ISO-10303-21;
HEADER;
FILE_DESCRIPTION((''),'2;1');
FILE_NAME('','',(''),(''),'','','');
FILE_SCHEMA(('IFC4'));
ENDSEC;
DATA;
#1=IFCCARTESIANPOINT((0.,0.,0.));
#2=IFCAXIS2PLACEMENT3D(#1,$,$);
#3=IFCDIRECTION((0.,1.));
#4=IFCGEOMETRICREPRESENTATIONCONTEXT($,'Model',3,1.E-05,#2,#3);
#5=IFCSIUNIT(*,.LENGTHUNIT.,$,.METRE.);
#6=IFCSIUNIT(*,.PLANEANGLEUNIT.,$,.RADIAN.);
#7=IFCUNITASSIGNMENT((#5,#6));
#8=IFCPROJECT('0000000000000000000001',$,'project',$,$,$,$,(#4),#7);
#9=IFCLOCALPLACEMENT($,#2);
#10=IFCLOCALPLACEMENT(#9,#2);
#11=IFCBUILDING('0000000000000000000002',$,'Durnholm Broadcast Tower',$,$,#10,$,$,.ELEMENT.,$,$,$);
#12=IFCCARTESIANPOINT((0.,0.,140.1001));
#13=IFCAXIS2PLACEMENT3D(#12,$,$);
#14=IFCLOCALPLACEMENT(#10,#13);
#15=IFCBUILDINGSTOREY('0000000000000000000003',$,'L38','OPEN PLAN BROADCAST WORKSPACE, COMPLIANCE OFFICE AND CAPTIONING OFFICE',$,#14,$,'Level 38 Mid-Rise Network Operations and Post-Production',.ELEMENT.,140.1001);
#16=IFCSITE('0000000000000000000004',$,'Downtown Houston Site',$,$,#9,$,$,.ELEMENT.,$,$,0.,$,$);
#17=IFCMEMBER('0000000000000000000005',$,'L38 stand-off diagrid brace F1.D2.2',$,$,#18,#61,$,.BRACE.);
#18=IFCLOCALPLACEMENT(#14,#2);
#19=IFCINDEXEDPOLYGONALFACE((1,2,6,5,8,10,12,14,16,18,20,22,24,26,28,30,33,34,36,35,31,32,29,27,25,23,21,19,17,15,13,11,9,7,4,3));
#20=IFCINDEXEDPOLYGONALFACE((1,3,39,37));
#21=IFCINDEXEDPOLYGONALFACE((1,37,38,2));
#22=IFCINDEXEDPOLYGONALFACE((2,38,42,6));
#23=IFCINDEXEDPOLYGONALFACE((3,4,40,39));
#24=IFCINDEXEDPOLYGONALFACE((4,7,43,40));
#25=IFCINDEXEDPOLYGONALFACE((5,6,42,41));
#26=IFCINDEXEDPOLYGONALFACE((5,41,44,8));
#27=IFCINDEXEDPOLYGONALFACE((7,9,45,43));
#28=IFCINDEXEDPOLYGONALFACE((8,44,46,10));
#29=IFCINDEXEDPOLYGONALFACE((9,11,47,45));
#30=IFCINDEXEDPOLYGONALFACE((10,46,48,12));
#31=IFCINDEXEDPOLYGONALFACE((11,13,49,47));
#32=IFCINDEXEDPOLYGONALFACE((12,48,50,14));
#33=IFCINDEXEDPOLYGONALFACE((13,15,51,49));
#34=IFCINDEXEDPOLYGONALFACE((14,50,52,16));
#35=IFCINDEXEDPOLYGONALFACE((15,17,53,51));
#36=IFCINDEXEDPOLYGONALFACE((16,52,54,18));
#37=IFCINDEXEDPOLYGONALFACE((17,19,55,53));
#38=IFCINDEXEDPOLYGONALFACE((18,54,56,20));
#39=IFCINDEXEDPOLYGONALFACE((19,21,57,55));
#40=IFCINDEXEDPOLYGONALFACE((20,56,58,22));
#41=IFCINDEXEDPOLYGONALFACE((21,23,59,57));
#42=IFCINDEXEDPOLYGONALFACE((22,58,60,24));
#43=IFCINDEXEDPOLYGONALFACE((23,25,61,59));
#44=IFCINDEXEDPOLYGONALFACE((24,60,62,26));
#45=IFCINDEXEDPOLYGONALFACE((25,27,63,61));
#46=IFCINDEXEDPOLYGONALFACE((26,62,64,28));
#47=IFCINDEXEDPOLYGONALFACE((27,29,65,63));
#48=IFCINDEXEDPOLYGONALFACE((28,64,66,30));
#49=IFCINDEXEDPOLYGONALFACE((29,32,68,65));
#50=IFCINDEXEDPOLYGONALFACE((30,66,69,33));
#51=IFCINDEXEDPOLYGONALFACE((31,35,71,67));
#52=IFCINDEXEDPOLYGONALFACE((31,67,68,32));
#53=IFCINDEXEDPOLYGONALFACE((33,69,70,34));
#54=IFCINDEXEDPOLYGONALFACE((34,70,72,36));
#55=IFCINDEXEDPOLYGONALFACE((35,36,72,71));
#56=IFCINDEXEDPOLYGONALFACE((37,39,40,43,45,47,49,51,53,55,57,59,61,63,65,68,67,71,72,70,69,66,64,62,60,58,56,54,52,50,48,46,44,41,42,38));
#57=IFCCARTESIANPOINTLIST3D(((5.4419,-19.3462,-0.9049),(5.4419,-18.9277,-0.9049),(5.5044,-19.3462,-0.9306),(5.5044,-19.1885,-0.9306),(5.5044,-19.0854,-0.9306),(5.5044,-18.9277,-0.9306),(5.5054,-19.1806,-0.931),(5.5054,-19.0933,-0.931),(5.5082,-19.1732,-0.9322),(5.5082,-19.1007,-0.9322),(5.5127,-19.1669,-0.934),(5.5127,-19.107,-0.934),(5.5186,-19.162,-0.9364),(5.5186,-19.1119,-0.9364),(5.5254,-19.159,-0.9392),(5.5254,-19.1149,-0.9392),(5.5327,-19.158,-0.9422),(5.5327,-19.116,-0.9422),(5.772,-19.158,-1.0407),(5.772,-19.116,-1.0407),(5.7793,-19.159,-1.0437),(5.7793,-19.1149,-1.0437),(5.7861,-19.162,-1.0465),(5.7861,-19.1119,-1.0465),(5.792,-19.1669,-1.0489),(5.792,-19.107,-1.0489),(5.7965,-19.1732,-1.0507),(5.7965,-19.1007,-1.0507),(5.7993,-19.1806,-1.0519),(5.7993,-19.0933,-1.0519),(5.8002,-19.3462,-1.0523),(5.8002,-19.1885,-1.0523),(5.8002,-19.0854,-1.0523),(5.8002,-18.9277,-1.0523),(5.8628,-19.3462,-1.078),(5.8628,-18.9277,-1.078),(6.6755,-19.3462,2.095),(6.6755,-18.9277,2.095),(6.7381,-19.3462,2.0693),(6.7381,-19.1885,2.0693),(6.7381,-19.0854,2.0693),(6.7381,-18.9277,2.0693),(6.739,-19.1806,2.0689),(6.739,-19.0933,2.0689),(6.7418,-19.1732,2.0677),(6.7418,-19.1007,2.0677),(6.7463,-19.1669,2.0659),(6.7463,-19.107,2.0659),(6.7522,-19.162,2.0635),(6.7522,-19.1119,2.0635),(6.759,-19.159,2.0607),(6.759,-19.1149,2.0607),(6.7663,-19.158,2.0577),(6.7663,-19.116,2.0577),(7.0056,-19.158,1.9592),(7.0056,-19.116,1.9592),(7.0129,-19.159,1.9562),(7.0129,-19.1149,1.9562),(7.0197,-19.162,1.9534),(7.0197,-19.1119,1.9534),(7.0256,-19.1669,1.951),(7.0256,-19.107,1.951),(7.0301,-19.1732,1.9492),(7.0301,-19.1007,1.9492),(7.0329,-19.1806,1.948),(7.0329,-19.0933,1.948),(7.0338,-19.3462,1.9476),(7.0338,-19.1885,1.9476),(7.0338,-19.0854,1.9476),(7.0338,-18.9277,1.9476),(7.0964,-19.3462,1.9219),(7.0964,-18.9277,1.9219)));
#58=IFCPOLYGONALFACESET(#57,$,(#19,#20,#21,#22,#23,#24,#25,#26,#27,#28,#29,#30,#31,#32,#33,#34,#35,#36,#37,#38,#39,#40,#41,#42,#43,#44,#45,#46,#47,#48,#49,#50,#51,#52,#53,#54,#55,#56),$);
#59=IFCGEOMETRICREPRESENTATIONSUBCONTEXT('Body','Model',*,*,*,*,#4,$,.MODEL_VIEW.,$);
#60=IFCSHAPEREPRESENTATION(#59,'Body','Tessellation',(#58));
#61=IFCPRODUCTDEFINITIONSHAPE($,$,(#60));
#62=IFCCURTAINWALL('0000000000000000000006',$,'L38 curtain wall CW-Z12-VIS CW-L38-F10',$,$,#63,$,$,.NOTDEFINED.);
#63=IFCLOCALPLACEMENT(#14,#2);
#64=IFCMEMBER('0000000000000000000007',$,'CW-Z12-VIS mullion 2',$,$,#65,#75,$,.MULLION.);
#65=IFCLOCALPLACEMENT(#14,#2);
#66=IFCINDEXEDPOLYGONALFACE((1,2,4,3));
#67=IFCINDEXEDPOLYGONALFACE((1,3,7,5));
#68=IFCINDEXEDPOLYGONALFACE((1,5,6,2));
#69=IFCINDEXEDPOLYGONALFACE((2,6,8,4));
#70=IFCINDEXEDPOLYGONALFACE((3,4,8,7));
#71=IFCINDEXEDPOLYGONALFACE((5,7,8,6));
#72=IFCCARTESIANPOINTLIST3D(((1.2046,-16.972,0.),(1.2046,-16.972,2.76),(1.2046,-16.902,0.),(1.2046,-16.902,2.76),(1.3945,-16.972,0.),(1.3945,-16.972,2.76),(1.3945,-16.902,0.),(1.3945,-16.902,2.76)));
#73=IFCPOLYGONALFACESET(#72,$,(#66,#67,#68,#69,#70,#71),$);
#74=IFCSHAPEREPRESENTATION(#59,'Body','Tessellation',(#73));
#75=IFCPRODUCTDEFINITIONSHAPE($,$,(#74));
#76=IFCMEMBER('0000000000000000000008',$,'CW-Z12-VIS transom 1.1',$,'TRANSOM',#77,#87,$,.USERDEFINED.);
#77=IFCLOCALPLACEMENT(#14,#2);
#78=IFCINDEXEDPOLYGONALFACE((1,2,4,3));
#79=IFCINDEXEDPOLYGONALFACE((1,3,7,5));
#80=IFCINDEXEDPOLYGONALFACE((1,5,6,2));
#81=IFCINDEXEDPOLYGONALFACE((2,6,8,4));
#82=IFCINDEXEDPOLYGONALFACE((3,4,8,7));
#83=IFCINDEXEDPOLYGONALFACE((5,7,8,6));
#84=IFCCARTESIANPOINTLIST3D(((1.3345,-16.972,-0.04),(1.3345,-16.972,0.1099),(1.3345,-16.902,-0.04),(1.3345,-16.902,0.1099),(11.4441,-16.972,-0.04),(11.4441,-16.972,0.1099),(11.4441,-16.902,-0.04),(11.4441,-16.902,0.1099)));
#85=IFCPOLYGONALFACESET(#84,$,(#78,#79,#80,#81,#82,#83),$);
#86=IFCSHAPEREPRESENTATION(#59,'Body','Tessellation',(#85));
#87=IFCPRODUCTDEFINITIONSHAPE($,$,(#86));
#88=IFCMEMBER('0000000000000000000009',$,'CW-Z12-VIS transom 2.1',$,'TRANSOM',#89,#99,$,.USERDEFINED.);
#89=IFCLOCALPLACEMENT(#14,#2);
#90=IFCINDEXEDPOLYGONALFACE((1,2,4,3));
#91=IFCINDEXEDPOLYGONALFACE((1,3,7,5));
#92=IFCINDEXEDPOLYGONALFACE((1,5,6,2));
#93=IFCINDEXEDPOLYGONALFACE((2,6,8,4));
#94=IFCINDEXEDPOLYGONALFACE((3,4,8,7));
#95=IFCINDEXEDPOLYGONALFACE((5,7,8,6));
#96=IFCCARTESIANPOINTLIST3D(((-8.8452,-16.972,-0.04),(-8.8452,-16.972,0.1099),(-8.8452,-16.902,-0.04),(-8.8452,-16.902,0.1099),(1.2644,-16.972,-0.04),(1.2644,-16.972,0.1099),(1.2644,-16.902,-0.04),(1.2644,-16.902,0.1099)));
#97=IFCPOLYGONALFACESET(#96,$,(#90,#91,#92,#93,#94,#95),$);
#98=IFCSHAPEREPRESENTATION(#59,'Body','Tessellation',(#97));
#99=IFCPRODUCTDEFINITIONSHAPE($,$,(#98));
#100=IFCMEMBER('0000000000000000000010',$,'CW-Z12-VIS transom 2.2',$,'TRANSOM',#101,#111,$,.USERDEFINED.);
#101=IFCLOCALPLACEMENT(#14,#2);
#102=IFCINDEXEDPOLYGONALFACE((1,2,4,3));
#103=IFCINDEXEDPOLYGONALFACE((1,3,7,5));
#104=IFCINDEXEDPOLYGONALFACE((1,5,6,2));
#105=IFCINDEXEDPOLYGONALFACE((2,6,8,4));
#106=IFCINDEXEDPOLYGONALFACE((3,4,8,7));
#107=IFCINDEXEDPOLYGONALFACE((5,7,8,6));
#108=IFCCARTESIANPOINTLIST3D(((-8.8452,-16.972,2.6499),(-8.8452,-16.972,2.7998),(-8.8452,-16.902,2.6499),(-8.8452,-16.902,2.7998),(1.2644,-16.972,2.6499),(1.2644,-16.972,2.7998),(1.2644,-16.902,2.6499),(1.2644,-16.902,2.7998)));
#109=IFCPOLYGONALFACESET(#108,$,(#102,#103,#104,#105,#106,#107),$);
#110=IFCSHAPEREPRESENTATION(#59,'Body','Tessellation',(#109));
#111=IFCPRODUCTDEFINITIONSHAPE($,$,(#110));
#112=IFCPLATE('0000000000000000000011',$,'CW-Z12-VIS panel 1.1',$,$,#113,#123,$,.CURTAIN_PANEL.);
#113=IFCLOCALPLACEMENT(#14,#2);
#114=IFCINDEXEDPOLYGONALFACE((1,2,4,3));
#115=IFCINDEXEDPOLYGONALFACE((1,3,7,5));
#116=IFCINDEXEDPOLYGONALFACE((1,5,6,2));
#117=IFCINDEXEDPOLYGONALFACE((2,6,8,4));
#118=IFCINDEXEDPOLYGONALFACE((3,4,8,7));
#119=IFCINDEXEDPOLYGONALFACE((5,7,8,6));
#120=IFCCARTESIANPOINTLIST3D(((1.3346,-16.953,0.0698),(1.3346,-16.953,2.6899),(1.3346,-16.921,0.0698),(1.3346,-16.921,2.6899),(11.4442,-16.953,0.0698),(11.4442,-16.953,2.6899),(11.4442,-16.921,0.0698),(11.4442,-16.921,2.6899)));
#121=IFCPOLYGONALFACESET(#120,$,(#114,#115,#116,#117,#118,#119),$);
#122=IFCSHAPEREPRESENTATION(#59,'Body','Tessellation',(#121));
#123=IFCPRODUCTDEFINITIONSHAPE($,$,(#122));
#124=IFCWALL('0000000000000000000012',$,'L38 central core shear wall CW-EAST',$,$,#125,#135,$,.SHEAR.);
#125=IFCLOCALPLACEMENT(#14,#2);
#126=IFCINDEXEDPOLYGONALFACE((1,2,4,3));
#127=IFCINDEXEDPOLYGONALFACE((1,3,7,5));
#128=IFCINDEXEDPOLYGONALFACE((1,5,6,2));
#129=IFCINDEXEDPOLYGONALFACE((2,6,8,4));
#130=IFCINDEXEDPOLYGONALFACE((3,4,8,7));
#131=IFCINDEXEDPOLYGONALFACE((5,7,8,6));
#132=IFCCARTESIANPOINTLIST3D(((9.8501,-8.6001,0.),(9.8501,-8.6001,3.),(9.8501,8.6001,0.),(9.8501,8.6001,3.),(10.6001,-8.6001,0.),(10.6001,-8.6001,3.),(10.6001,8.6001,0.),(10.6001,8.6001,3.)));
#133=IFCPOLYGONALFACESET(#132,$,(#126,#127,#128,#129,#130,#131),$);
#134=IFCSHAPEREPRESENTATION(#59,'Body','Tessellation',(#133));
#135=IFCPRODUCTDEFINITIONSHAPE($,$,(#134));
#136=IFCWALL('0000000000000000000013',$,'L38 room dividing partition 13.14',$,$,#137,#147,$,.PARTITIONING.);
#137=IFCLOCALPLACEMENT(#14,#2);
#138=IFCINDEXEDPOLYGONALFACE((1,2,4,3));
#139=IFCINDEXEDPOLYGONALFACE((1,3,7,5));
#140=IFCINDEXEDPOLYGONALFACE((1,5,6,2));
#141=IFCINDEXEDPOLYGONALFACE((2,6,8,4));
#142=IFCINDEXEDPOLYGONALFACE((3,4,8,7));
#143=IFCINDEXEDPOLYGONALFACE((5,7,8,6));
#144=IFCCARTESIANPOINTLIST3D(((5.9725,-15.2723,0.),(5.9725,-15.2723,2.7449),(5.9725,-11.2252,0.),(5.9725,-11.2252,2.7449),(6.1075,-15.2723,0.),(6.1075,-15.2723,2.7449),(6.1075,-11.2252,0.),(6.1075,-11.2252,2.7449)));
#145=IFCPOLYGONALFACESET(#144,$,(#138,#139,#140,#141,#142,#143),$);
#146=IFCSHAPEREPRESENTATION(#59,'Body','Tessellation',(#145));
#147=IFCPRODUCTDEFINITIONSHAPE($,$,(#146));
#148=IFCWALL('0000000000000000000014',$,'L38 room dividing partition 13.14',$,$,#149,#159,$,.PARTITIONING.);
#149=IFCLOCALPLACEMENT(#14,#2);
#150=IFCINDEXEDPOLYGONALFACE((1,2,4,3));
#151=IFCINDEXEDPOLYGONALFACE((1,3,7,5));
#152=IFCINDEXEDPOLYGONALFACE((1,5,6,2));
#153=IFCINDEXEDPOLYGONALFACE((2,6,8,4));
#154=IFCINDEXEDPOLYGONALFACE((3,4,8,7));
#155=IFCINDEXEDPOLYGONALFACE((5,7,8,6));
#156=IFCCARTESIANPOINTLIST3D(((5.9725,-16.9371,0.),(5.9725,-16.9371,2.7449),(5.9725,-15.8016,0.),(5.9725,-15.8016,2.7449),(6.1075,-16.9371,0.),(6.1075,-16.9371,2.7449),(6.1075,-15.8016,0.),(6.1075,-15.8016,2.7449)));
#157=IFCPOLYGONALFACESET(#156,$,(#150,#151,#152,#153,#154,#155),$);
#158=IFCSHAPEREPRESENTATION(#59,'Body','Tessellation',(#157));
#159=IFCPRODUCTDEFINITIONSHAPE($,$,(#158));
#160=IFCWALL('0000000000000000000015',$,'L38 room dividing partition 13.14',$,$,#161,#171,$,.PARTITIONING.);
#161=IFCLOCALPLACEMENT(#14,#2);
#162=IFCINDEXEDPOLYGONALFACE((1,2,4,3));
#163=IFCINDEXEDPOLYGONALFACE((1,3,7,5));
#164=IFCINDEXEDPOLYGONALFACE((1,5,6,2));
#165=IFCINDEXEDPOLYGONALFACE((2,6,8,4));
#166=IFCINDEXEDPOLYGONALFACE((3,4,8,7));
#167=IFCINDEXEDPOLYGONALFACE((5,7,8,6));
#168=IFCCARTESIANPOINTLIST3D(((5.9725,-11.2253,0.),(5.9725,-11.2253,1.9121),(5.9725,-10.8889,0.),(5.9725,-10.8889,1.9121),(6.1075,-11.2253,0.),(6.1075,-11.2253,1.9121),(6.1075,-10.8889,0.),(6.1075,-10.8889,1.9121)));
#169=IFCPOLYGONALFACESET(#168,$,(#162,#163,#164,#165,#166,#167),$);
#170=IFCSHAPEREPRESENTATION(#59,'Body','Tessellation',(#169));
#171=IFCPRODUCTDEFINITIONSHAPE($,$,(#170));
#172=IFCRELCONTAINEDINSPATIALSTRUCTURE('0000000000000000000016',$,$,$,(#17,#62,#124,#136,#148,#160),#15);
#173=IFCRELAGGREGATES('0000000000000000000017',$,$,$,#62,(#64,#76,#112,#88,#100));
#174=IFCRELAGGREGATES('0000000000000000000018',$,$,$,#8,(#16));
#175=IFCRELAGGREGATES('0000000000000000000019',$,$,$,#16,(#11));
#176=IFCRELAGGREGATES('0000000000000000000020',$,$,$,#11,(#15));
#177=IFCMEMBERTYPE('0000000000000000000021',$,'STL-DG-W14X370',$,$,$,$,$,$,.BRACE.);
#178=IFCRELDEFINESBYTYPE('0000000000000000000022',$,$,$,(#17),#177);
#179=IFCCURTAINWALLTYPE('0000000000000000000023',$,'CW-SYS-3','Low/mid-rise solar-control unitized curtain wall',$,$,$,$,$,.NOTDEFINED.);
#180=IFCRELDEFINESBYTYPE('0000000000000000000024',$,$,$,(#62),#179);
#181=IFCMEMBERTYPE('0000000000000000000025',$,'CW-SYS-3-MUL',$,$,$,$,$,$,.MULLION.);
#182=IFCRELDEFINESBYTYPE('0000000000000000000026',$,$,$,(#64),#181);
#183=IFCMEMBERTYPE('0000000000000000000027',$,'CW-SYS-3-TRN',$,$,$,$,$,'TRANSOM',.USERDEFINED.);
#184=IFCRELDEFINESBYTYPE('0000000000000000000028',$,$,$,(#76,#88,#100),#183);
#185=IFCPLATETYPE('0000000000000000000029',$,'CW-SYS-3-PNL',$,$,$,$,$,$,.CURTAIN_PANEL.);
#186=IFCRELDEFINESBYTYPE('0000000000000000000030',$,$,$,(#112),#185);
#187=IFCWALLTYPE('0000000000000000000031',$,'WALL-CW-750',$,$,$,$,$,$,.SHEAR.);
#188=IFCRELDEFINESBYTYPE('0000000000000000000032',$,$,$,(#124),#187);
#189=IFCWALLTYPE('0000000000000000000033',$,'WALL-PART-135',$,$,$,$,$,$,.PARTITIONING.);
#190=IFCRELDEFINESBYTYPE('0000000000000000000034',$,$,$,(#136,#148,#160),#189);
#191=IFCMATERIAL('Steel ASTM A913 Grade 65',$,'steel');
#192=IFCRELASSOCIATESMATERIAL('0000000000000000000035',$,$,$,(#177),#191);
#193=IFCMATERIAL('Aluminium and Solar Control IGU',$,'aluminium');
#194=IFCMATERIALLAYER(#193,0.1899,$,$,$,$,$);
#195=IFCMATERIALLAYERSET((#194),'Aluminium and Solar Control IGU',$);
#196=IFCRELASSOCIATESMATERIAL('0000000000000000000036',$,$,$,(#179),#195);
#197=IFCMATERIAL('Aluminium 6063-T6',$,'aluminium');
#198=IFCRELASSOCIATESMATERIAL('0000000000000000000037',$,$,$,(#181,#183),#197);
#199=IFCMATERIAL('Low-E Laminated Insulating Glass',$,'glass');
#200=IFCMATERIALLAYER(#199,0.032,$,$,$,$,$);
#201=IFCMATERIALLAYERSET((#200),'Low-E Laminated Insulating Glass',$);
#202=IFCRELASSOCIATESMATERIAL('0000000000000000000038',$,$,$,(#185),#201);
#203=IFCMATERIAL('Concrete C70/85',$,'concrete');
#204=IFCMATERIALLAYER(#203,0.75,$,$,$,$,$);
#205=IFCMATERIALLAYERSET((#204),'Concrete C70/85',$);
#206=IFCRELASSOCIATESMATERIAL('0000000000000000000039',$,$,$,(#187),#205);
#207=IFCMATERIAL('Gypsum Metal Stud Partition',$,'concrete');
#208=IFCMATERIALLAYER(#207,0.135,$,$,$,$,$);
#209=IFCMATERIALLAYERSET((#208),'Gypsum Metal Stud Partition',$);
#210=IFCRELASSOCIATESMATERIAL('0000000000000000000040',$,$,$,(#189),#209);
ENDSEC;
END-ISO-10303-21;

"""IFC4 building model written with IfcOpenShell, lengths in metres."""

from ifc_helpers import new_model, si_unit, direction, frame, frame_2d, origin, origin_2d, place, context, subcontext, project, spatial, rectangle, i_section, extrude, source, transform, mapped, material, layer, layer_set, material_profile, profile_set, type_object, type_shapes, element, aggregate, save


model = new_model("IFC4")

# Units and contexts
model_context = context("Model", 3, precision=1e-05, world=origin(), true_north=direction((0.0, 1.0)))
body_context = subcontext(model_context, "Body", "Model", "MODEL_VIEW")
ifc_project = project(units=[si_unit("LENGTHUNIT", "METRE"), si_unit("PLANEANGLEUNIT", "RADIAN")], contexts=[model_context])

# Site, building, storey
site_placement = place(None, origin())
site = spatial("IfcSite", under=ifc_project, at=site_placement, Name="Downtown Houston Site", CompositionType="ELEMENT", RefElevation=0.0)
building_placement = place(site_placement, origin())
building = spatial("IfcBuilding", under=site, at=building_placement, Name="Durnholm Broadcast Tower", CompositionType="ELEMENT")
storey_placement = place(building_placement, frame((0.0, 0.0, 140.1001)))
storey = spatial("IfcBuildingStorey", under=building, at=storey_placement, Name="L38", Description="OPEN PLAN BROADCAST WORKSPACE, COMPLIANCE OFFICE AND CAPTIONING OFFICE", LongName="Level 38 Mid-Rise Network Operations and Post-Production", CompositionType="ELEMENT", Elevation=140.1001)

# Shared definitions
ifc_material_1 = material(Name="Concrete C70/85", Category="concrete")

# Member
ifc_material_2 = material(Name="Steel ASTM A913 Grade 65", Category="steel")
ifc_material_profile_1 = material_profile(ifc_material_2, i_section(OverallWidth=0.4185, OverallDepth=0.4551, WebThickness=0.042, FlangeThickness=0.0676, FilletRadius=0.0305, at=origin_2d()), Name="W14X370")
ifc_profile_set_1 = profile_set([ifc_material_profile_1], Name="Steel ASTM A913 Grade 65")
member_type_1 = type_object("IfcMemberType", Name="STL-DG-W14X370", PredefinedType="BRACE", material=ifc_profile_set_1)
shared_shape_1 = source(origin(), body_context, "Body", "SweptSolid", [
    extrude(i_section(OverallWidth=0.4185, OverallDepth=0.4551, WebThickness=0.042, FlangeThickness=0.0676, FilletRadius=0.0305, at=origin_2d()), origin(), (0.0, 0.0, 1.0), 3.2437),
])
member_1_placement = place(storey_placement, frame((5.6523, -19.137, -0.9915), z_axis=(0.380314, 0.0, 0.924857), x_axis=(0.0, 1.0, 0.0)))
element("IfcMember", 1, at=member_1_placement, inside=storey, type_object=member_type_1, Name="L38 stand-off diagrid brace F1.D2.2", PredefinedType="BRACE", context=body_context, shape_type="MappedRepresentation", body=[
    mapped(shared_shape_1, transform((0.0, 0.0, 0.0), x_axis=(1.0, 0.0, 0.0), y_axis=(0.0, 1.0, 0.0), z_axis=(0.0, 0.0, 1.0), scale=1.0)),
])

# Curtain wall, members, plate
ifc_material_3 = material(Name="Aluminium and Solar Control IGU", Category="aluminium")
ifc_layer_1 = layer(ifc_material_3, 0.1899)
ifc_layer_set_1 = layer_set([ifc_layer_1], Name="Aluminium and Solar Control IGU")
curtain_wall_type = type_object("IfcCurtainWallType", Name="CW-SYS-3", Description="Low/mid-rise solar-control unitized curtain wall", PredefinedType="NOTDEFINED", material=ifc_layer_set_1)
curtain_wall_placement = place(storey_placement, origin())
curtain_wall = element("IfcCurtainWall", 2, at=curtain_wall_placement, inside=storey, type_object=curtain_wall_type, Name="L38 curtain wall CW-Z12-VIS CW-L38-F10", PredefinedType="NOTDEFINED")
ifc_material_4 = material(Name="Aluminium 6063-T6", Category="aluminium")
ifc_material_profile_2 = material_profile(ifc_material_4, rectangle(XDim=0.0701, YDim=0.1899, at=origin_2d()), Name="CWM70X190")
ifc_profile_set_2 = profile_set([ifc_material_profile_2], Name="Aluminium 6063-T6")
member_type_2 = type_object("IfcMemberType", Name="CW-SYS-3-MUL", PredefinedType="MULLION", material=ifc_profile_set_2)
shared_shape_2 = source(origin(), body_context, "Body", "SweptSolid", [
    extrude(rectangle(XDim=0.0701, YDim=0.1899, at=origin_2d()), origin(), (0.0, 0.0, 1.0), 2.76),
])
type_shapes(member_type_2, [shared_shape_2])
member_2_placement = place(storey_placement, frame((1.2996, -16.937, 0.0), z_axis=(0.0, 0.0, 1.0), x_axis=(0.0, -1.0, 0.0)))
member_2 = element("IfcMember", 3, at=member_2_placement, type_object=member_type_2, Name="CW-Z12-VIS mullion 2", PredefinedType="MULLION", context=body_context, shape_type="MappedRepresentation", body=[
    mapped(shared_shape_2, transform((0.0, 0.0, 0.0), x_axis=(1.0, 0.0, 0.0), y_axis=(0.0, 1.0, 0.0), z_axis=(0.0, 0.0, 1.0), scale=1.0)),
])
ifc_material_profile_3 = material_profile(ifc_material_4, rectangle(XDim=0.0701, YDim=0.1499, at=origin_2d()), Name="CWT70X150")
ifc_profile_set_3 = profile_set([ifc_material_profile_3], Name="Aluminium 6063-T6")
member_type_3 = type_object("IfcMemberType", Name="CW-SYS-3-TRN", ElementType="TRANSOM", PredefinedType="USERDEFINED", material=ifc_profile_set_3)
shared_shape_3 = source(origin(), body_context, "Body", "SweptSolid", [
    extrude(rectangle(XDim=0.0701, YDim=0.1499, at=origin_2d()), origin(), (0.0, 0.0, 1.0), 10.1096),
])
type_shapes(member_type_3, [shared_shape_3])
member_3_placement = place(storey_placement, frame((11.4441, -16.937, 0.0349), z_axis=(-1.0, 0.0, 0.0), x_axis=(0.0, -1.0, 0.0)))
member_3 = element("IfcMember", 4, at=member_3_placement, type_object=member_type_3, Name="CW-Z12-VIS transom 1.1", ObjectType="TRANSOM", PredefinedType="USERDEFINED", context=body_context, shape_type="MappedRepresentation", body=[
    mapped(shared_shape_3, transform((0.0, 0.0, 0.0), x_axis=(1.0, 0.0, 0.0), y_axis=(0.0, 1.0, 0.0), z_axis=(0.0, 0.0, 1.0), scale=1.0)),
])
member_4_placement = place(storey_placement, frame((1.2644, -16.937, 0.0349), z_axis=(-1.0, 0.0, 0.0), x_axis=(0.0, -1.0, 0.0)))
member_4 = element("IfcMember", 5, at=member_4_placement, type_object=member_type_3, Name="CW-Z12-VIS transom 2.1", ObjectType="TRANSOM", PredefinedType="USERDEFINED", context=body_context, shape_type="MappedRepresentation", body=[
    mapped(shared_shape_3, transform((0.0, 0.0, 0.0), x_axis=(1.0, 0.0, 0.0), y_axis=(0.0, 1.0, 0.0), z_axis=(0.0, 0.0, 1.0), scale=1.0)),
])
member_5_placement = place(storey_placement, frame((1.2644, -16.937, 2.7249), z_axis=(-1.0, 0.0, 0.0), x_axis=(0.0, -1.0, 0.0)))
member_5 = element("IfcMember", 6, at=member_5_placement, type_object=member_type_3, Name="CW-Z12-VIS transom 2.2", ObjectType="TRANSOM", PredefinedType="USERDEFINED", context=body_context, shape_type="MappedRepresentation", body=[
    mapped(shared_shape_3, transform((0.0, 0.0, 0.0), x_axis=(1.0, 0.0, 0.0), y_axis=(0.0, 1.0, 0.0), z_axis=(0.0, 0.0, 1.0), scale=1.0)),
])
ifc_material_5 = material(Name="Low-E Laminated Insulating Glass", Category="glass")
ifc_layer_2 = layer(ifc_material_5, 0.032)
ifc_layer_set_2 = layer_set([ifc_layer_2], Name="Low-E Laminated Insulating Glass")
plate_type = type_object("IfcPlateType", Name="CW-SYS-3-PNL", PredefinedType="CURTAIN_PANEL", material=ifc_layer_set_2)
shared_shape_4 = source(origin(), body_context, "Body", "SweptSolid", [
    extrude(rectangle(XDim=10.1096, YDim=0.032, at=origin_2d()), origin(), (0.0, 0.0, 1.0), 2.6201),
])
type_shapes(plate_type, [shared_shape_4])
plate_placement = place(storey_placement, frame((6.3894, -16.937, 0.0698), z_axis=(0.0, 0.0, 1.0), x_axis=(-1.0, 0.0, 0.0)))
plate = element("IfcPlate", 7, at=plate_placement, type_object=plate_type, Name="CW-Z12-VIS panel 1.1", PredefinedType="CURTAIN_PANEL", context=body_context, shape_type="MappedRepresentation", body=[
    mapped(shared_shape_4, transform((0.0, 0.0, 0.0), x_axis=(1.0, 0.0, 0.0), y_axis=(0.0, 1.0, 0.0), z_axis=(0.0, 0.0, 1.0), scale=1.0)),
])
aggregate(curtain_wall, [member_2, member_3, plate, member_4, member_5])

# Walls
ifc_layer_3 = layer(ifc_material_1, 0.75)
ifc_layer_set_3 = layer_set([ifc_layer_3], Name="Concrete C70/85")
wall_type_1 = type_object("IfcWallType", Name="WALL-CW-750", PredefinedType="SHEAR", material=ifc_layer_set_3)
wall_1_placement = place(storey_placement, frame((10.2251, -8.6001, 0.0), z_axis=(0.0, 0.0, 1.0), x_axis=(0.0, 1.0, 0.0)))
element("IfcWall", 8, at=wall_1_placement, inside=storey, type_object=wall_type_1, Name="L38 central core shear wall CW-EAST", PredefinedType="SHEAR", context=body_context, shape_type="SweptSolid", body=[
    extrude(rectangle(XDim=17.2002, YDim=0.75, at=frame_2d((8.6001, 0.0))), origin(), (0.0, 0.0, 1.0), 3.0),
])
ifc_material_6 = material(Name="Gypsum Metal Stud Partition", Category="concrete")
ifc_layer_4 = layer(ifc_material_6, 0.135)
ifc_layer_set_4 = layer_set([ifc_layer_4], Name="Gypsum Metal Stud Partition")
wall_type_2 = type_object("IfcWallType", Name="WALL-PART-135", PredefinedType="PARTITIONING", material=ifc_layer_set_4)
wall_2_placement = place(storey_placement, frame((6.04, -11.2253, 0.0), z_axis=(0.0, 0.0, 1.0), x_axis=(0.0, -1.0, 0.0)))
element("IfcWall", 9, at=wall_2_placement, inside=storey, type_object=wall_type_2, Name="L38 room dividing partition 13.14", PredefinedType="PARTITIONING", context=body_context, shape_type="SweptSolid", body=[
    extrude(rectangle(XDim=4.0471, YDim=0.135, at=frame_2d((2.0234, 0.0))), origin(), (0.0, 0.0, 1.0), 2.7449),
])
wall_3_placement = place(storey_placement, frame((6.04, -15.8015, 0.0), z_axis=(0.0, 0.0, 1.0), x_axis=(0.0, -1.0, 0.0)))
element("IfcWall", 10, at=wall_3_placement, inside=storey, type_object=wall_type_2, Name="L38 room dividing partition 13.14", PredefinedType="PARTITIONING", context=body_context, shape_type="SweptSolid", body=[
    extrude(rectangle(XDim=1.1355, YDim=0.135, at=frame_2d((0.5679, 0.0))), origin(), (0.0, 0.0, 1.0), 2.7449),
])
wall_4_placement = place(storey_placement, frame((6.04, -10.8889, 0.0), z_axis=(0.0, 0.0, 1.0), x_axis=(0.0, -1.0, 0.0)))
element("IfcWall", 11, at=wall_4_placement, inside=storey, type_object=wall_type_2, Name="L38 room dividing partition 13.14", PredefinedType="PARTITIONING", context=body_context, shape_type="SweptSolid", body=[
    extrude(rectangle(XDim=0.3364, YDim=0.135, at=frame_2d((0.1682, 0.0))), origin(), (0.0, 0.0, 1.0), 1.9121),
])

save(model, "model.ifc")
